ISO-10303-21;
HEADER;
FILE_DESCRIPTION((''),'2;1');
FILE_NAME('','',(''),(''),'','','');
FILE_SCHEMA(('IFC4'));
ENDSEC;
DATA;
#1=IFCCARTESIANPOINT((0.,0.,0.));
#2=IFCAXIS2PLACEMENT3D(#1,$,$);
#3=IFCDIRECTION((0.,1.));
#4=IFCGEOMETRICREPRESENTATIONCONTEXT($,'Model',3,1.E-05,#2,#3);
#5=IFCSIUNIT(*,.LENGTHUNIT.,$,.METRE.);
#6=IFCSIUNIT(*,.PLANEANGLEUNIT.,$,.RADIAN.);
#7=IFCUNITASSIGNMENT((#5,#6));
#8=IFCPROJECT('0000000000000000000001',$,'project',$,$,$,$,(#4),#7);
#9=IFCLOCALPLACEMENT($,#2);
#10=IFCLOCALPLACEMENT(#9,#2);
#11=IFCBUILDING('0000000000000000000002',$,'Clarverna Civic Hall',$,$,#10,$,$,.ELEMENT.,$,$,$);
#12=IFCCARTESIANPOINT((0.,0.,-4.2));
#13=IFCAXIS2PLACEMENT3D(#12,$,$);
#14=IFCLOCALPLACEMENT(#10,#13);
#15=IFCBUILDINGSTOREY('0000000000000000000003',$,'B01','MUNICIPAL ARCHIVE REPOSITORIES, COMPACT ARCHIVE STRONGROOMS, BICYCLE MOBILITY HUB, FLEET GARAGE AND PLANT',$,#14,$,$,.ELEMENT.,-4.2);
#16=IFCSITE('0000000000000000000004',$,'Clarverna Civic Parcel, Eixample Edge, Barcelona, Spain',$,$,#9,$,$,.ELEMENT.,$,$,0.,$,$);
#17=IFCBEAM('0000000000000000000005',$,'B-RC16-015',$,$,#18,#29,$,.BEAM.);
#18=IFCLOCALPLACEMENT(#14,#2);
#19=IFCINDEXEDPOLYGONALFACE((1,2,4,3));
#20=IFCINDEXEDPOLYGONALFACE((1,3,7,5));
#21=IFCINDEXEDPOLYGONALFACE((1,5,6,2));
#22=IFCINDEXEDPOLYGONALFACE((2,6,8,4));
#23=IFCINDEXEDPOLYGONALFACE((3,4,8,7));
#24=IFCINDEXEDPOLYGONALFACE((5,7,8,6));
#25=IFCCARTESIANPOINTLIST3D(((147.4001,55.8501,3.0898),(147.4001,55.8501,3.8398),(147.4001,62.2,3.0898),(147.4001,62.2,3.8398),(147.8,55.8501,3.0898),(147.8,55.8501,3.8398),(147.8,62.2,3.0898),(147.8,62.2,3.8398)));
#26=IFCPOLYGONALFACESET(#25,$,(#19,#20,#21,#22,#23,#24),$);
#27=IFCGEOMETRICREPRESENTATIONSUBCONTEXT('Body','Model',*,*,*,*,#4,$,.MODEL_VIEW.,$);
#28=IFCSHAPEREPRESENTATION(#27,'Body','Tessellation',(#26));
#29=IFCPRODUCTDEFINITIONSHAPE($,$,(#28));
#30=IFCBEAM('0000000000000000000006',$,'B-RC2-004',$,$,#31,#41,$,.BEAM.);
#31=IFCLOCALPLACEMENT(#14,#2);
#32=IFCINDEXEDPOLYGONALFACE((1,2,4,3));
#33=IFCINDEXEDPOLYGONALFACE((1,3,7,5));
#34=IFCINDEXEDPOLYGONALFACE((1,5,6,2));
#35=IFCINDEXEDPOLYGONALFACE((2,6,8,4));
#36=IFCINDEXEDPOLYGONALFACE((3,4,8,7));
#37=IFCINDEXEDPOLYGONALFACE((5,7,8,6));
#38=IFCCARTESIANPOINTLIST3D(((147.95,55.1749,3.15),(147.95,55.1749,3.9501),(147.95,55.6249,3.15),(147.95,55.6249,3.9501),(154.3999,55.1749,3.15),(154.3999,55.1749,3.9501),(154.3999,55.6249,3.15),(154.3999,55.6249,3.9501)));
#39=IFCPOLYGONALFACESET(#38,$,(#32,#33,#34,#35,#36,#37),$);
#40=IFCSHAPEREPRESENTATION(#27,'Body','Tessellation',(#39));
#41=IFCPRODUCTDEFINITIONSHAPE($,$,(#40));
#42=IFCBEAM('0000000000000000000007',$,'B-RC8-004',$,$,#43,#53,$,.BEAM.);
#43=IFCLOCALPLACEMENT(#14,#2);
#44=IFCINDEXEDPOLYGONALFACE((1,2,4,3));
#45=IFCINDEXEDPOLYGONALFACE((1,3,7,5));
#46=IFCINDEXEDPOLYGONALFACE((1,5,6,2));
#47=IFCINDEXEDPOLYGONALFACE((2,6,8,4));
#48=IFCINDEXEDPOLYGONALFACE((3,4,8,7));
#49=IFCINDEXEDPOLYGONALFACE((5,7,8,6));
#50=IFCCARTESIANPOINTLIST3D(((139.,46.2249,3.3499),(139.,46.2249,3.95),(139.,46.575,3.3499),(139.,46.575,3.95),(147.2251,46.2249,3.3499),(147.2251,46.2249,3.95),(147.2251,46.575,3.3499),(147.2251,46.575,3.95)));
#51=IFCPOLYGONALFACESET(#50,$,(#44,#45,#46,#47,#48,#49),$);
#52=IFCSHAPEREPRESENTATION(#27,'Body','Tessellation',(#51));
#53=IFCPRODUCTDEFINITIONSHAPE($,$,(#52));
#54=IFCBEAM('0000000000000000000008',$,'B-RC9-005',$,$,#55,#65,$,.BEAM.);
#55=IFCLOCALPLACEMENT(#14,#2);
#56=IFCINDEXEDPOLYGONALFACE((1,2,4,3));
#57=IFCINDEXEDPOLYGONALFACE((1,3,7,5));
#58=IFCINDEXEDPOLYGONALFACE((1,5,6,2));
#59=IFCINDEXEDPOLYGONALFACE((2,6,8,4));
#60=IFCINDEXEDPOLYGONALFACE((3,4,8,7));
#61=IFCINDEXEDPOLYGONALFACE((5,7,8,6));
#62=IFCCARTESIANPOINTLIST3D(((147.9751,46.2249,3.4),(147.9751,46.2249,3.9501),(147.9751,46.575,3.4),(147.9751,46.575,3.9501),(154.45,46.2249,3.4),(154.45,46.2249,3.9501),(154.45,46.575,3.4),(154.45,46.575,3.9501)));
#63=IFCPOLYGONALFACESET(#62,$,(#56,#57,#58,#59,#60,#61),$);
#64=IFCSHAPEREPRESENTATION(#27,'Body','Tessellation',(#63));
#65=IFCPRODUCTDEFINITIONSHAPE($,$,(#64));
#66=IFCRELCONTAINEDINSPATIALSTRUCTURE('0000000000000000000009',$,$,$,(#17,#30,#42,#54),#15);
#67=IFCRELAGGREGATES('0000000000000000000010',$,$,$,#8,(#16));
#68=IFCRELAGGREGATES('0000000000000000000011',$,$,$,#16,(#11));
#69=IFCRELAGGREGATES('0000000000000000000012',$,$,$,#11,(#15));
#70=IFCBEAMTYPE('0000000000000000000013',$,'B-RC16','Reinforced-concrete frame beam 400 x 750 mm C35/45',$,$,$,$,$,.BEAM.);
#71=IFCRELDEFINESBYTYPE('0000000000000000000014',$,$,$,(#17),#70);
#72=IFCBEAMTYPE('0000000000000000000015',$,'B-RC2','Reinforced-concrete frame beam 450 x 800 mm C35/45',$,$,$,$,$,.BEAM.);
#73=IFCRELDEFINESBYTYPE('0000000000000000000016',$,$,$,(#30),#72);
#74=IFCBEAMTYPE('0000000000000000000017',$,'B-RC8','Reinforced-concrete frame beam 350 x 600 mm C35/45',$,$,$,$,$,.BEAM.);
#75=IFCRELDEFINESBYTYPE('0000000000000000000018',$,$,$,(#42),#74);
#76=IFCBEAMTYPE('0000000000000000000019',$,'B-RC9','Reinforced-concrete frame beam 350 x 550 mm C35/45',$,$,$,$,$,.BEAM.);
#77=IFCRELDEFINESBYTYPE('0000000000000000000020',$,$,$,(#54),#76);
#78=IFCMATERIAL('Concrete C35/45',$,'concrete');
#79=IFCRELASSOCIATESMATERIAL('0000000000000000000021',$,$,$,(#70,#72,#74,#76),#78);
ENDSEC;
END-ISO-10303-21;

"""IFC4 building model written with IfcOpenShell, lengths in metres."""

from ifc_helpers import new_model, si_unit, direction, frame, origin, origin_2d, place, context, subcontext, project, spatial, rectangle, extrude, material, material_profile, profile_set, type_object, element, save


model = new_model("IFC4")

# Units and contexts
model_context = context("Model", 3, precision=1e-05, world=origin(), true_north=direction((0.0, 1.0)))
body_context = subcontext(model_context, "Body", "Model", "MODEL_VIEW")
ifc_project = project(units=[si_unit("LENGTHUNIT", "METRE"), si_unit("PLANEANGLEUNIT", "RADIAN")], contexts=[model_context])

# Site, building, storey
site_placement = place(None, origin())
site = spatial("IfcSite", under=ifc_project, at=site_placement, Name="Clarverna Civic Parcel, Eixample Edge, Barcelona, Spain", CompositionType="ELEMENT", RefElevation=0.0)
building_placement = place(site_placement, origin())
building = spatial("IfcBuilding", under=site, at=building_placement, Name="Clarverna Civic Hall", CompositionType="ELEMENT")
storey_placement = place(building_placement, frame((0.0, 0.0, -4.2)))
storey = spatial("IfcBuildingStorey", under=building, at=storey_placement, Name="B01", Description="MUNICIPAL ARCHIVE REPOSITORIES, COMPACT ARCHIVE STRONGROOMS, BICYCLE MOBILITY HUB, FLEET GARAGE AND PLANT", CompositionType="ELEMENT", Elevation=-4.2)

# Beams
ifc_material_1 = material(Name="Concrete C35/45", Category="concrete")
ifc_material_profile_1 = material_profile(ifc_material_1, rectangle(XDim=0.3999, YDim=0.75, at=origin_2d()), Name="RC 400x750")
ifc_profile_set_1 = profile_set([ifc_material_profile_1], Name="Concrete C35/45")
beam_type_1 = type_object("IfcBeamType", Name="B-RC16", Description="Reinforced-concrete frame beam 400 x 750 mm C35/45", PredefinedType="BEAM", material=ifc_profile_set_1)
beam_1_placement = place(storey_placement, frame((147.6001, 55.8501, 3.4648), z_axis=(0.0, 1.0, 0.0), x_axis=(-1.0, 0.0, 0.0)))
element("IfcBeam", 1, at=beam_1_placement, inside=storey, type_object=beam_type_1, Name="B-RC16-015", PredefinedType="BEAM", context=body_context, shape_type="SweptSolid", body=[
    extrude(rectangle(XDim=0.3999, YDim=0.75, at=origin_2d()), origin(), (0.0, 0.0, 1.0), 6.3499),
])
ifc_material_profile_2 = material_profile(ifc_material_1, rectangle(XDim=0.45, YDim=0.8, at=origin_2d()), Name="RC 450x800")
ifc_profile_set_2 = profile_set([ifc_material_profile_2], Name="Concrete C35/45")
beam_type_2 = type_object("IfcBeamType", Name="B-RC2", Description="Reinforced-concrete frame beam 450 x 800 mm C35/45", PredefinedType="BEAM", material=ifc_profile_set_2)
beam_2_placement = place(storey_placement, frame((147.95, 55.3999, 3.55), z_axis=(1.0, 0.0, 0.0), x_axis=(0.0, 1.0, 0.0)))
element("IfcBeam", 2, at=beam_2_placement, inside=storey, type_object=beam_type_2, Name="B-RC2-004", PredefinedType="BEAM", context=body_context, shape_type="SweptSolid", body=[
    extrude(rectangle(XDim=0.45, YDim=0.8, at=origin_2d()), origin(), (0.0, 0.0, 1.0), 6.45),
])
ifc_material_profile_3 = material_profile(ifc_material_1, rectangle(XDim=0.3501, YDim=0.6001, at=origin_2d()), Name="RC 350x600")
ifc_profile_set_3 = profile_set([ifc_material_profile_3], Name="Concrete C35/45")
beam_type_3 = type_object("IfcBeamType", Name="B-RC8", Description="Reinforced-concrete frame beam 350 x 600 mm C35/45", PredefinedType="BEAM", material=ifc_profile_set_3)
beam_3_placement = place(storey_placement, frame((139.0, 46.3999, 3.6499), z_axis=(1.0, 0.0, 0.0), x_axis=(0.0, 1.0, 0.0)))
element("IfcBeam", 3, at=beam_3_placement, inside=storey, type_object=beam_type_3, Name="B-RC8-004", PredefinedType="BEAM", context=body_context, shape_type="SweptSolid", body=[
    extrude(rectangle(XDim=0.3501, YDim=0.6001, at=origin_2d()), origin(), (0.0, 0.0, 1.0), 8.2251),
])
ifc_material_profile_4 = material_profile(ifc_material_1, rectangle(XDim=0.3501, YDim=0.55, at=origin_2d()), Name="RC 350x550")
ifc_profile_set_4 = profile_set([ifc_material_profile_4], Name="Concrete C35/45")
beam_type_4 = type_object("IfcBeamType", Name="B-RC9", Description="Reinforced-concrete frame beam 350 x 550 mm C35/45", PredefinedType="BEAM", material=ifc_profile_set_4)
beam_4_placement = place(storey_placement, frame((147.9751, 46.3999, 3.675), z_axis=(1.0, 0.0, 0.0), x_axis=(0.0, 1.0, 0.0)))
element("IfcBeam", 4, at=beam_4_placement, inside=storey, type_object=beam_type_4, Name="B-RC9-005", PredefinedType="BEAM", context=body_context, shape_type="SweptSolid", body=[
    extrude(rectangle(XDim=0.3501, YDim=0.55, at=origin_2d()), origin(), (0.0, 0.0, 1.0), 6.4749),
])

save(model, "model.ifc")
